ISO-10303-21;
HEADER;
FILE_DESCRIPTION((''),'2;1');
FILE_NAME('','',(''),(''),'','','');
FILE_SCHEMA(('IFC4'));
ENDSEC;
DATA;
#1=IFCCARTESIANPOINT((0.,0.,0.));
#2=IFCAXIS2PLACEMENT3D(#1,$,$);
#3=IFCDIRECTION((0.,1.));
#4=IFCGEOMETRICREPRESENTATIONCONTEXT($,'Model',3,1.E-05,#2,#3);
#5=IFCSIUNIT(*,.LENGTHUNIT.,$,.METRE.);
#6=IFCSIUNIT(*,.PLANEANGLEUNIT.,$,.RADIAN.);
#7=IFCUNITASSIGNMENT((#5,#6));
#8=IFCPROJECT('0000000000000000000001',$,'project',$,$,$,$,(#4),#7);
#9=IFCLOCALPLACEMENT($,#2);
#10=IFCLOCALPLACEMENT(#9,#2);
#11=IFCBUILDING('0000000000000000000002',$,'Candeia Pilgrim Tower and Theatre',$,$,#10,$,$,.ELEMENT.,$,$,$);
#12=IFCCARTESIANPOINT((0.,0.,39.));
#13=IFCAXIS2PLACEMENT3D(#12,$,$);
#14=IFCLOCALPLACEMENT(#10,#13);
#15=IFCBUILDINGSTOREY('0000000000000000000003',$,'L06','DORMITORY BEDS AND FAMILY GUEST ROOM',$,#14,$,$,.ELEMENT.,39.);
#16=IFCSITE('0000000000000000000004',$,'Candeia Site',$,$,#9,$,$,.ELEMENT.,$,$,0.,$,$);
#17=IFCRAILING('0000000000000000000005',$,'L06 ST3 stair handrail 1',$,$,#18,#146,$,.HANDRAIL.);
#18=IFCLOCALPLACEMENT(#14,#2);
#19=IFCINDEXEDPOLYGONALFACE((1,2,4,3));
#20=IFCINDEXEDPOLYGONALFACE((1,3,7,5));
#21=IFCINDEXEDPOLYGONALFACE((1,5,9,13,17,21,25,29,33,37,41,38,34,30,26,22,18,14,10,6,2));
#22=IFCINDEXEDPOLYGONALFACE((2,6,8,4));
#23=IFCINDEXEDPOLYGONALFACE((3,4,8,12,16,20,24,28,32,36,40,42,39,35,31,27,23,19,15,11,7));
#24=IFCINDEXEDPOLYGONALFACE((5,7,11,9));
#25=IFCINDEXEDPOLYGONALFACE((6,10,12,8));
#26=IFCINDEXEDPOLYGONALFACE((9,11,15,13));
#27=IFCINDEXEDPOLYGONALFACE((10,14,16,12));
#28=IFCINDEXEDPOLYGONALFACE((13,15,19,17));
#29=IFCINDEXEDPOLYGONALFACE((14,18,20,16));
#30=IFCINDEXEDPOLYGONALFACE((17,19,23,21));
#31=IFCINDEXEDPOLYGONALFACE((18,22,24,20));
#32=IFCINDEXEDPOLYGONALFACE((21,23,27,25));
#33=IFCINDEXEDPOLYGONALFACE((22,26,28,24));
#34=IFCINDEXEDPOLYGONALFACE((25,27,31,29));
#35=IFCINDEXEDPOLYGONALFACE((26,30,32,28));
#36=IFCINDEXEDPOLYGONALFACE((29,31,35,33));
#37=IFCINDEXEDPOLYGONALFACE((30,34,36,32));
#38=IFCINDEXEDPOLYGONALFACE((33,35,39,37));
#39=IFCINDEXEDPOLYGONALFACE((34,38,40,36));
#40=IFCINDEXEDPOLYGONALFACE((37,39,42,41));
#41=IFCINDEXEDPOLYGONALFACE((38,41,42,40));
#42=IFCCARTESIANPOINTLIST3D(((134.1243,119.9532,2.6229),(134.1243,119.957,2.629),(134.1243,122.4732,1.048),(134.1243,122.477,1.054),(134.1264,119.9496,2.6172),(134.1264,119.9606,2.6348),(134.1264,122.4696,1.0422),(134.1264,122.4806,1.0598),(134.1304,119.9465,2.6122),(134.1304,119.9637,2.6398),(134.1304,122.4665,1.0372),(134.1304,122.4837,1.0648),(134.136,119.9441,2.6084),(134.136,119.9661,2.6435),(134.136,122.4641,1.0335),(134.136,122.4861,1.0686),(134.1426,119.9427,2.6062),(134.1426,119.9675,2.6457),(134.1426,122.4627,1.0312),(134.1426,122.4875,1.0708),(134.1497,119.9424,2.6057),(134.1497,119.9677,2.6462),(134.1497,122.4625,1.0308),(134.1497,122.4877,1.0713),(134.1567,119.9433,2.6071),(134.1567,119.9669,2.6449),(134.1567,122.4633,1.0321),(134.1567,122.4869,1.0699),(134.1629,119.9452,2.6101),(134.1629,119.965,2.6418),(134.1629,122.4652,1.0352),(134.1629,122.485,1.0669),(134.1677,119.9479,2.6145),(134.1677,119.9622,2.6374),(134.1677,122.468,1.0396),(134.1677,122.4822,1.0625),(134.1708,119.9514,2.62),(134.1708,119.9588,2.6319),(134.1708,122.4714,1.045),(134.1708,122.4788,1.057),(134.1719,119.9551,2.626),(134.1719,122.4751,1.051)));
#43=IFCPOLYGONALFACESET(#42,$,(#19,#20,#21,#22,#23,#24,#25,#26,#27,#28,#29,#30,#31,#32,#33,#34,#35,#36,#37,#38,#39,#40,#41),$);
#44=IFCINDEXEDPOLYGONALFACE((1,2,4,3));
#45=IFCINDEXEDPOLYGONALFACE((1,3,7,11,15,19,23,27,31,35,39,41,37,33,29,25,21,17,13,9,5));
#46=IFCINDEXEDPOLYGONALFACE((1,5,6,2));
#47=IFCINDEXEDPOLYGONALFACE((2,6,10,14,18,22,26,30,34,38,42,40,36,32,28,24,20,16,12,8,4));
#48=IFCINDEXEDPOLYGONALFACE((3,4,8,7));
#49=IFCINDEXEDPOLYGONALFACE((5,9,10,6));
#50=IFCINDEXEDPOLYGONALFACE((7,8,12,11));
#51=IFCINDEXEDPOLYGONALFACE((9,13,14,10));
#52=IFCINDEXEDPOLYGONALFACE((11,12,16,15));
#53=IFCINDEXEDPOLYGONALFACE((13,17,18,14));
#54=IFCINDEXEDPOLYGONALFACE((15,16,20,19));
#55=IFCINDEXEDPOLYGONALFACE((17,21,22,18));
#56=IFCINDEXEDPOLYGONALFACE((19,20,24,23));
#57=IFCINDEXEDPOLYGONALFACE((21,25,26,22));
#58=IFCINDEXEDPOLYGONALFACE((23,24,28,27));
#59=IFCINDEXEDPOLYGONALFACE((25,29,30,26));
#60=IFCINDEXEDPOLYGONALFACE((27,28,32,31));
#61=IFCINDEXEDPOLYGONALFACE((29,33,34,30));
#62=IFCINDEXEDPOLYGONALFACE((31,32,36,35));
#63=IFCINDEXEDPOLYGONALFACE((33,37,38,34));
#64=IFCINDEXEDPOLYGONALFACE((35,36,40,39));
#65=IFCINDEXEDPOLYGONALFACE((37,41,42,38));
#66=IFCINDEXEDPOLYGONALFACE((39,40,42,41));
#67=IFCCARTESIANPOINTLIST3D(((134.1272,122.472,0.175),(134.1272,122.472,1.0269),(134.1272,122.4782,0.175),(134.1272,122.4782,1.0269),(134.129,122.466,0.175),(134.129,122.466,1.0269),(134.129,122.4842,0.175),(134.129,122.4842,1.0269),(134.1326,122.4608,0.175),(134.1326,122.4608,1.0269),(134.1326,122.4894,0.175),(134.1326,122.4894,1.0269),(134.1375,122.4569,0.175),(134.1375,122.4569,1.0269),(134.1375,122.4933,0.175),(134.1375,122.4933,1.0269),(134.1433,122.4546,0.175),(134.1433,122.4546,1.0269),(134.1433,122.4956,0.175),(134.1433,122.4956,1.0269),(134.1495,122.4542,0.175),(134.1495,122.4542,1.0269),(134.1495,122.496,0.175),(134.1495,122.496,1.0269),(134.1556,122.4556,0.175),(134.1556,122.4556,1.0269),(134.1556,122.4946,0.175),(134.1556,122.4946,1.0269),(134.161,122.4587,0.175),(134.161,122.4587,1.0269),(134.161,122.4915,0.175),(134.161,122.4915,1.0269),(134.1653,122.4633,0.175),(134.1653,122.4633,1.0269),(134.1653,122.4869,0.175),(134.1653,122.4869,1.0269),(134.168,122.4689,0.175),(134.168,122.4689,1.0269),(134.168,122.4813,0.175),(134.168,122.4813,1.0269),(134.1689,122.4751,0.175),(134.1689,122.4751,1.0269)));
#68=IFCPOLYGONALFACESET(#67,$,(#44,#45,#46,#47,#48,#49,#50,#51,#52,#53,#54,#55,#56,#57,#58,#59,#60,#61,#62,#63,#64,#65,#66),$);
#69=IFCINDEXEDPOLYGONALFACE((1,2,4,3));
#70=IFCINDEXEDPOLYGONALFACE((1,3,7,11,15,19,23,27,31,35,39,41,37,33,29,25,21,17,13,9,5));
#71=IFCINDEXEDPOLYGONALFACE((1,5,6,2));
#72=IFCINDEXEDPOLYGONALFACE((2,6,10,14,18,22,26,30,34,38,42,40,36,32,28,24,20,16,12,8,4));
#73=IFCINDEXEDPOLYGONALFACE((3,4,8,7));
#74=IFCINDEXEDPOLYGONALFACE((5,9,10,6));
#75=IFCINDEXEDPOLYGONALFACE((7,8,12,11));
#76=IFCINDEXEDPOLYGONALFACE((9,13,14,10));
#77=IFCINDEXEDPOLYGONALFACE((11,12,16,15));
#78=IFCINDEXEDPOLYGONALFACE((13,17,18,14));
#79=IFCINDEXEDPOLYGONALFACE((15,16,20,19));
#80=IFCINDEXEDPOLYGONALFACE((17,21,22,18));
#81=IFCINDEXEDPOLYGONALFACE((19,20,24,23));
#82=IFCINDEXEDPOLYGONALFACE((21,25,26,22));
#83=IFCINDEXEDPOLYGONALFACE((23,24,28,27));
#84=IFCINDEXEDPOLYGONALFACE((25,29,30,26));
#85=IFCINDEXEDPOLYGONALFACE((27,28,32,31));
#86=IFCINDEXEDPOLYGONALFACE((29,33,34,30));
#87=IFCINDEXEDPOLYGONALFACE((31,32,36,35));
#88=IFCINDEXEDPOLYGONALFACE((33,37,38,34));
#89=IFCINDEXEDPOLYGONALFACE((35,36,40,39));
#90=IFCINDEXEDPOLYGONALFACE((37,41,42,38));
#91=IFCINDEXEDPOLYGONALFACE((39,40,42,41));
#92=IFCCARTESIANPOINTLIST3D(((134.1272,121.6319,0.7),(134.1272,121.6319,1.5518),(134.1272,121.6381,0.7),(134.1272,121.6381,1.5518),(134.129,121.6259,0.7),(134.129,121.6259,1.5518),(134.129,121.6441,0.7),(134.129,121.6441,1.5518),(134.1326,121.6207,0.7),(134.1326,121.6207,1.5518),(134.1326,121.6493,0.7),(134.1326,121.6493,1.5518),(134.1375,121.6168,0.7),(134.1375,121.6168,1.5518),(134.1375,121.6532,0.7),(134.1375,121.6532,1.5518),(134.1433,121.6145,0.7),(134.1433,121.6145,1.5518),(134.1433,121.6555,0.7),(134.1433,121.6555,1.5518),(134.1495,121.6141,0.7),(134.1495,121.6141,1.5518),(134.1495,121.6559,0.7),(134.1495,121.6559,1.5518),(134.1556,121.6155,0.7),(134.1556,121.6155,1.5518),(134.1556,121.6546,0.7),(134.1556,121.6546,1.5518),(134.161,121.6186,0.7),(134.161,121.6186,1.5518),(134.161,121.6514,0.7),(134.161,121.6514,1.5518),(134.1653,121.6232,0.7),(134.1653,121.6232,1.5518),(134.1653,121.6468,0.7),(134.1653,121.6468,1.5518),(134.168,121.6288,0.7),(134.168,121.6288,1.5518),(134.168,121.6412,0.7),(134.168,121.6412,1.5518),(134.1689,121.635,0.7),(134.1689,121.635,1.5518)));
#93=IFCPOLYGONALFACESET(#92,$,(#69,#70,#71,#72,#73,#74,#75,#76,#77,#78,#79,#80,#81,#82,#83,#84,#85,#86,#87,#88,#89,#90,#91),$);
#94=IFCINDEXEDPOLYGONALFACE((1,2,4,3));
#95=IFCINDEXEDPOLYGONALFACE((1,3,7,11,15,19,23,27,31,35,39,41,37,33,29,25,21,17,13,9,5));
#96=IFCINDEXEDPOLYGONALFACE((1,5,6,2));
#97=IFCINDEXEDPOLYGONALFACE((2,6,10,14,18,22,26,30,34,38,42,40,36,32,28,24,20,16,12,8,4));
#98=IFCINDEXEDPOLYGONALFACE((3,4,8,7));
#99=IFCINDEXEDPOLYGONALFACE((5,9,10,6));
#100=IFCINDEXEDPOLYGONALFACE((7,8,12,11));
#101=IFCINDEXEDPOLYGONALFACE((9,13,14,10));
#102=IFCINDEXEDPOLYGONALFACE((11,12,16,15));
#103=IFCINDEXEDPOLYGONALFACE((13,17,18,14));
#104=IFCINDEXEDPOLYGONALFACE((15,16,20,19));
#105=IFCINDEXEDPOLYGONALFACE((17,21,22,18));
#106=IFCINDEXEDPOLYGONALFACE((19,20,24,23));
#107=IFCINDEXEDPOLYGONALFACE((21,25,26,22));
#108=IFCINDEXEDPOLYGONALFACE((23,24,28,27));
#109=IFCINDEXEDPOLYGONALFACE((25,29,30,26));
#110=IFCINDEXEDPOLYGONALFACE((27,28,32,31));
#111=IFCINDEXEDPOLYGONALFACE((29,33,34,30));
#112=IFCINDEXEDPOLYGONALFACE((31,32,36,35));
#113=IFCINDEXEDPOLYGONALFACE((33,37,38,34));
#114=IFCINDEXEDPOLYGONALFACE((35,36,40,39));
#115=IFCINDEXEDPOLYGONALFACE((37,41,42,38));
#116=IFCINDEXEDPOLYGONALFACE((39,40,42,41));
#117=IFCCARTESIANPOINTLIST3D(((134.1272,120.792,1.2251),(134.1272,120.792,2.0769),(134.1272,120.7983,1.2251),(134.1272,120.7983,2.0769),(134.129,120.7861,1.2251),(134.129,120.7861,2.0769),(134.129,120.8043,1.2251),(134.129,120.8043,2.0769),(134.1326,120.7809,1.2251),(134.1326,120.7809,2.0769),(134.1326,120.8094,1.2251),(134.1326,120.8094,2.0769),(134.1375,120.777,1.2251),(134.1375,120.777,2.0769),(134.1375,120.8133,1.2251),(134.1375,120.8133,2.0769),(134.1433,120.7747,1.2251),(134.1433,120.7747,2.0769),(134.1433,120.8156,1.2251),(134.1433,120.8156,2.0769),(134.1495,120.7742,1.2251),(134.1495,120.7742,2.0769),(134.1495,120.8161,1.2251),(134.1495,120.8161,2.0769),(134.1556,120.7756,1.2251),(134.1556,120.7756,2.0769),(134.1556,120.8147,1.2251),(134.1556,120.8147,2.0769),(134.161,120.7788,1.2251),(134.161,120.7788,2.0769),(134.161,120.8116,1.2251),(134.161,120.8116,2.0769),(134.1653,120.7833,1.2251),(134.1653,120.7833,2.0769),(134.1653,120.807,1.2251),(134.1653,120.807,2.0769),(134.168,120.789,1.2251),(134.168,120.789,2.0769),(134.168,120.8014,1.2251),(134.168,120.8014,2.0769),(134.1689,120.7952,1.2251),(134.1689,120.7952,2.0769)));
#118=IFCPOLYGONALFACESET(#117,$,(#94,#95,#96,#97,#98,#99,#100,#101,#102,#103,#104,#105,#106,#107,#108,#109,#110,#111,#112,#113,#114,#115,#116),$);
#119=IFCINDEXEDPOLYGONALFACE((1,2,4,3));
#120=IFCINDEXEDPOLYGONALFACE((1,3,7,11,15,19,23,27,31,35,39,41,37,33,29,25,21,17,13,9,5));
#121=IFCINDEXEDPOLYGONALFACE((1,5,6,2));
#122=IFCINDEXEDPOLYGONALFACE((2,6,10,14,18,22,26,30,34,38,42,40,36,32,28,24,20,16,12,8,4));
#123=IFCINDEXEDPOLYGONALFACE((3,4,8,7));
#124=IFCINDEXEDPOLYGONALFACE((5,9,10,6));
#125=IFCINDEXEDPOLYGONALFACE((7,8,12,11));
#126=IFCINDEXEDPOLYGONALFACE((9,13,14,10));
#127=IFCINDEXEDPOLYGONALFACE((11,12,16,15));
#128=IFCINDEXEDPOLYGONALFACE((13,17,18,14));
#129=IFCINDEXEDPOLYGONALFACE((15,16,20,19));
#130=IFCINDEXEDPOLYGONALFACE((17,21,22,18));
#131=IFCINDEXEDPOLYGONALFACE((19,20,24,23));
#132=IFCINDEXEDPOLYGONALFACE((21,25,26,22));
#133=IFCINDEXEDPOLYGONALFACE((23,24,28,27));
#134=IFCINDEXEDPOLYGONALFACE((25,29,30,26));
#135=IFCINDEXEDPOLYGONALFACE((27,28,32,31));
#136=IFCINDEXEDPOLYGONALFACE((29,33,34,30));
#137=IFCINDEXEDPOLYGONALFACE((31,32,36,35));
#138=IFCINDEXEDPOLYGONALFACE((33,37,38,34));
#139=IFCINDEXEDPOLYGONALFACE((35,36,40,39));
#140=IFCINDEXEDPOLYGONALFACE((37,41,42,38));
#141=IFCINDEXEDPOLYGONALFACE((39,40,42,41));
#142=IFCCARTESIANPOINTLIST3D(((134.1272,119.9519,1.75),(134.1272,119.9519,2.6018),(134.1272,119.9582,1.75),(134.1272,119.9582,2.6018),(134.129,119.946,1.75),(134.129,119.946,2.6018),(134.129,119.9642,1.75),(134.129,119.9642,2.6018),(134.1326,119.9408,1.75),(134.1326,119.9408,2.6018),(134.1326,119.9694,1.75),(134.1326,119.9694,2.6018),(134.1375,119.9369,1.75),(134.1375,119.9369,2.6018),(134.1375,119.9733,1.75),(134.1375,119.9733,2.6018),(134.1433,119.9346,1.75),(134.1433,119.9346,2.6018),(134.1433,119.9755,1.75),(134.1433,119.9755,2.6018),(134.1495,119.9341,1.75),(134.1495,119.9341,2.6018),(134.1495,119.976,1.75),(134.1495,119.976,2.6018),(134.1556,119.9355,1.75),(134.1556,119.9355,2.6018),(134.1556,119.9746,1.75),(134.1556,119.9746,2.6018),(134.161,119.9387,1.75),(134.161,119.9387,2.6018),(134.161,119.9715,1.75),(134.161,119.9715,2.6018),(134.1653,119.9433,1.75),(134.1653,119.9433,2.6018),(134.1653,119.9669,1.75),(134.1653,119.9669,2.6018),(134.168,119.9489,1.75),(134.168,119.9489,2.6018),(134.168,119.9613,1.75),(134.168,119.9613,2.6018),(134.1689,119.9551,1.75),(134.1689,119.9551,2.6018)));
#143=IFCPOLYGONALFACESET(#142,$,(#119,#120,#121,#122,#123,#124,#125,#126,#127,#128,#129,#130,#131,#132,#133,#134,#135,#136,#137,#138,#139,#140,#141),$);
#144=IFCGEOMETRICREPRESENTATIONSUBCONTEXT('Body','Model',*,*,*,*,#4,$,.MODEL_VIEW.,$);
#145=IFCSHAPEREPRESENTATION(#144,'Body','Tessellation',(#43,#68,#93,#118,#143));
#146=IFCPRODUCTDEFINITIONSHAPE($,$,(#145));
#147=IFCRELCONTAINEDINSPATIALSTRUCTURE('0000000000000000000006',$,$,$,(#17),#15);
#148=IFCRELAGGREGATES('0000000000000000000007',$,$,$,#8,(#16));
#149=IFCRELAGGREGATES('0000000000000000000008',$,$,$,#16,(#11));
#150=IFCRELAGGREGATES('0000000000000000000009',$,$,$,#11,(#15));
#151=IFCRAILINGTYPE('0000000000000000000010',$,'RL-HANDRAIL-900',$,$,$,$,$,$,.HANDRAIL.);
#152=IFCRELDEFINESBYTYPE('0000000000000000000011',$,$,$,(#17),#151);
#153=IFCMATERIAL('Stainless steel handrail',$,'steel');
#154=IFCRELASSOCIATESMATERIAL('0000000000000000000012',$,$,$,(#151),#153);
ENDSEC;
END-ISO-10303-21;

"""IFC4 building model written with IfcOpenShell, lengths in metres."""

from ifc_helpers import new_model, si_unit, direction, frame, origin, origin_2d, place, context, subcontext, project, spatial, circle, extrude, material, type_object, element, save


model = new_model("IFC4")

# Units and contexts
model_context = context("Model", 3, precision=1e-05, world=origin(), true_north=direction((0.0, 1.0)))
body_context = subcontext(model_context, "Body", "Model", "MODEL_VIEW")
ifc_project = project(units=[si_unit("LENGTHUNIT", "METRE"), si_unit("PLANEANGLEUNIT", "RADIAN")], contexts=[model_context])

# Site, building, storey
site_placement = place(None, origin())
site = spatial("IfcSite", under=ifc_project, at=site_placement, Name="Candeia Site", CompositionType="ELEMENT", RefElevation=0.0)
building_placement = place(site_placement, origin())
building = spatial("IfcBuilding", under=site, at=building_placement, Name="Candeia Pilgrim Tower and Theatre", CompositionType="ELEMENT")
storey_placement = place(building_placement, frame((0.0, 0.0, 39.0)))
storey = spatial("IfcBuildingStorey", under=building, at=storey_placement, Name="L06", Description="DORMITORY BEDS AND FAMILY GUEST ROOM", CompositionType="ELEMENT", Elevation=39.0)

# Railing
ifc_material_1 = material(Name="Stainless steel handrail", Category="steel")
railing_type_1 = type_object("IfcRailingType", Name="RL-HANDRAIL-900", PredefinedType="HANDRAIL", material=ifc_material_1)
railing_1_placement = place(storey_placement, frame((134.1479, 122.4751, 0.175)))
element("IfcRailing", 1, at=railing_1_placement, inside=storey, type_object=railing_type_1, Name="L06 ST3 stair handrail 1", PredefinedType="HANDRAIL", context=body_context, shape_type="SweptSolid", body=[
    extrude(circle(Radius=0.0239, at=origin_2d()), frame((0.0, 0.0, 0.876), z_axis=(0.0, -0.848008, 0.529984), x_axis=(1.0, 0.0, 0.0)), (0.0, 0.0, 1.0), 2.9717),
    extrude(circle(Radius=0.021, at=origin_2d()), origin(), (0.0, 0.0, 1.0), 0.8518),
    extrude(circle(Radius=0.021, at=origin_2d()), frame((0.0, -0.8401, 0.5249)), (0.0, 0.0, 1.0), 0.8518),
    extrude(circle(Radius=0.021, at=origin_2d()), frame((0.0, -1.6799, 1.05)), (0.0, 0.0, 1.0), 0.8518),
    extrude(circle(Radius=0.021, at=origin_2d()), frame((0.0, -2.52, 1.575)), (0.0, 0.0, 1.0), 0.8518),
])

save(model, "model.ifc")
